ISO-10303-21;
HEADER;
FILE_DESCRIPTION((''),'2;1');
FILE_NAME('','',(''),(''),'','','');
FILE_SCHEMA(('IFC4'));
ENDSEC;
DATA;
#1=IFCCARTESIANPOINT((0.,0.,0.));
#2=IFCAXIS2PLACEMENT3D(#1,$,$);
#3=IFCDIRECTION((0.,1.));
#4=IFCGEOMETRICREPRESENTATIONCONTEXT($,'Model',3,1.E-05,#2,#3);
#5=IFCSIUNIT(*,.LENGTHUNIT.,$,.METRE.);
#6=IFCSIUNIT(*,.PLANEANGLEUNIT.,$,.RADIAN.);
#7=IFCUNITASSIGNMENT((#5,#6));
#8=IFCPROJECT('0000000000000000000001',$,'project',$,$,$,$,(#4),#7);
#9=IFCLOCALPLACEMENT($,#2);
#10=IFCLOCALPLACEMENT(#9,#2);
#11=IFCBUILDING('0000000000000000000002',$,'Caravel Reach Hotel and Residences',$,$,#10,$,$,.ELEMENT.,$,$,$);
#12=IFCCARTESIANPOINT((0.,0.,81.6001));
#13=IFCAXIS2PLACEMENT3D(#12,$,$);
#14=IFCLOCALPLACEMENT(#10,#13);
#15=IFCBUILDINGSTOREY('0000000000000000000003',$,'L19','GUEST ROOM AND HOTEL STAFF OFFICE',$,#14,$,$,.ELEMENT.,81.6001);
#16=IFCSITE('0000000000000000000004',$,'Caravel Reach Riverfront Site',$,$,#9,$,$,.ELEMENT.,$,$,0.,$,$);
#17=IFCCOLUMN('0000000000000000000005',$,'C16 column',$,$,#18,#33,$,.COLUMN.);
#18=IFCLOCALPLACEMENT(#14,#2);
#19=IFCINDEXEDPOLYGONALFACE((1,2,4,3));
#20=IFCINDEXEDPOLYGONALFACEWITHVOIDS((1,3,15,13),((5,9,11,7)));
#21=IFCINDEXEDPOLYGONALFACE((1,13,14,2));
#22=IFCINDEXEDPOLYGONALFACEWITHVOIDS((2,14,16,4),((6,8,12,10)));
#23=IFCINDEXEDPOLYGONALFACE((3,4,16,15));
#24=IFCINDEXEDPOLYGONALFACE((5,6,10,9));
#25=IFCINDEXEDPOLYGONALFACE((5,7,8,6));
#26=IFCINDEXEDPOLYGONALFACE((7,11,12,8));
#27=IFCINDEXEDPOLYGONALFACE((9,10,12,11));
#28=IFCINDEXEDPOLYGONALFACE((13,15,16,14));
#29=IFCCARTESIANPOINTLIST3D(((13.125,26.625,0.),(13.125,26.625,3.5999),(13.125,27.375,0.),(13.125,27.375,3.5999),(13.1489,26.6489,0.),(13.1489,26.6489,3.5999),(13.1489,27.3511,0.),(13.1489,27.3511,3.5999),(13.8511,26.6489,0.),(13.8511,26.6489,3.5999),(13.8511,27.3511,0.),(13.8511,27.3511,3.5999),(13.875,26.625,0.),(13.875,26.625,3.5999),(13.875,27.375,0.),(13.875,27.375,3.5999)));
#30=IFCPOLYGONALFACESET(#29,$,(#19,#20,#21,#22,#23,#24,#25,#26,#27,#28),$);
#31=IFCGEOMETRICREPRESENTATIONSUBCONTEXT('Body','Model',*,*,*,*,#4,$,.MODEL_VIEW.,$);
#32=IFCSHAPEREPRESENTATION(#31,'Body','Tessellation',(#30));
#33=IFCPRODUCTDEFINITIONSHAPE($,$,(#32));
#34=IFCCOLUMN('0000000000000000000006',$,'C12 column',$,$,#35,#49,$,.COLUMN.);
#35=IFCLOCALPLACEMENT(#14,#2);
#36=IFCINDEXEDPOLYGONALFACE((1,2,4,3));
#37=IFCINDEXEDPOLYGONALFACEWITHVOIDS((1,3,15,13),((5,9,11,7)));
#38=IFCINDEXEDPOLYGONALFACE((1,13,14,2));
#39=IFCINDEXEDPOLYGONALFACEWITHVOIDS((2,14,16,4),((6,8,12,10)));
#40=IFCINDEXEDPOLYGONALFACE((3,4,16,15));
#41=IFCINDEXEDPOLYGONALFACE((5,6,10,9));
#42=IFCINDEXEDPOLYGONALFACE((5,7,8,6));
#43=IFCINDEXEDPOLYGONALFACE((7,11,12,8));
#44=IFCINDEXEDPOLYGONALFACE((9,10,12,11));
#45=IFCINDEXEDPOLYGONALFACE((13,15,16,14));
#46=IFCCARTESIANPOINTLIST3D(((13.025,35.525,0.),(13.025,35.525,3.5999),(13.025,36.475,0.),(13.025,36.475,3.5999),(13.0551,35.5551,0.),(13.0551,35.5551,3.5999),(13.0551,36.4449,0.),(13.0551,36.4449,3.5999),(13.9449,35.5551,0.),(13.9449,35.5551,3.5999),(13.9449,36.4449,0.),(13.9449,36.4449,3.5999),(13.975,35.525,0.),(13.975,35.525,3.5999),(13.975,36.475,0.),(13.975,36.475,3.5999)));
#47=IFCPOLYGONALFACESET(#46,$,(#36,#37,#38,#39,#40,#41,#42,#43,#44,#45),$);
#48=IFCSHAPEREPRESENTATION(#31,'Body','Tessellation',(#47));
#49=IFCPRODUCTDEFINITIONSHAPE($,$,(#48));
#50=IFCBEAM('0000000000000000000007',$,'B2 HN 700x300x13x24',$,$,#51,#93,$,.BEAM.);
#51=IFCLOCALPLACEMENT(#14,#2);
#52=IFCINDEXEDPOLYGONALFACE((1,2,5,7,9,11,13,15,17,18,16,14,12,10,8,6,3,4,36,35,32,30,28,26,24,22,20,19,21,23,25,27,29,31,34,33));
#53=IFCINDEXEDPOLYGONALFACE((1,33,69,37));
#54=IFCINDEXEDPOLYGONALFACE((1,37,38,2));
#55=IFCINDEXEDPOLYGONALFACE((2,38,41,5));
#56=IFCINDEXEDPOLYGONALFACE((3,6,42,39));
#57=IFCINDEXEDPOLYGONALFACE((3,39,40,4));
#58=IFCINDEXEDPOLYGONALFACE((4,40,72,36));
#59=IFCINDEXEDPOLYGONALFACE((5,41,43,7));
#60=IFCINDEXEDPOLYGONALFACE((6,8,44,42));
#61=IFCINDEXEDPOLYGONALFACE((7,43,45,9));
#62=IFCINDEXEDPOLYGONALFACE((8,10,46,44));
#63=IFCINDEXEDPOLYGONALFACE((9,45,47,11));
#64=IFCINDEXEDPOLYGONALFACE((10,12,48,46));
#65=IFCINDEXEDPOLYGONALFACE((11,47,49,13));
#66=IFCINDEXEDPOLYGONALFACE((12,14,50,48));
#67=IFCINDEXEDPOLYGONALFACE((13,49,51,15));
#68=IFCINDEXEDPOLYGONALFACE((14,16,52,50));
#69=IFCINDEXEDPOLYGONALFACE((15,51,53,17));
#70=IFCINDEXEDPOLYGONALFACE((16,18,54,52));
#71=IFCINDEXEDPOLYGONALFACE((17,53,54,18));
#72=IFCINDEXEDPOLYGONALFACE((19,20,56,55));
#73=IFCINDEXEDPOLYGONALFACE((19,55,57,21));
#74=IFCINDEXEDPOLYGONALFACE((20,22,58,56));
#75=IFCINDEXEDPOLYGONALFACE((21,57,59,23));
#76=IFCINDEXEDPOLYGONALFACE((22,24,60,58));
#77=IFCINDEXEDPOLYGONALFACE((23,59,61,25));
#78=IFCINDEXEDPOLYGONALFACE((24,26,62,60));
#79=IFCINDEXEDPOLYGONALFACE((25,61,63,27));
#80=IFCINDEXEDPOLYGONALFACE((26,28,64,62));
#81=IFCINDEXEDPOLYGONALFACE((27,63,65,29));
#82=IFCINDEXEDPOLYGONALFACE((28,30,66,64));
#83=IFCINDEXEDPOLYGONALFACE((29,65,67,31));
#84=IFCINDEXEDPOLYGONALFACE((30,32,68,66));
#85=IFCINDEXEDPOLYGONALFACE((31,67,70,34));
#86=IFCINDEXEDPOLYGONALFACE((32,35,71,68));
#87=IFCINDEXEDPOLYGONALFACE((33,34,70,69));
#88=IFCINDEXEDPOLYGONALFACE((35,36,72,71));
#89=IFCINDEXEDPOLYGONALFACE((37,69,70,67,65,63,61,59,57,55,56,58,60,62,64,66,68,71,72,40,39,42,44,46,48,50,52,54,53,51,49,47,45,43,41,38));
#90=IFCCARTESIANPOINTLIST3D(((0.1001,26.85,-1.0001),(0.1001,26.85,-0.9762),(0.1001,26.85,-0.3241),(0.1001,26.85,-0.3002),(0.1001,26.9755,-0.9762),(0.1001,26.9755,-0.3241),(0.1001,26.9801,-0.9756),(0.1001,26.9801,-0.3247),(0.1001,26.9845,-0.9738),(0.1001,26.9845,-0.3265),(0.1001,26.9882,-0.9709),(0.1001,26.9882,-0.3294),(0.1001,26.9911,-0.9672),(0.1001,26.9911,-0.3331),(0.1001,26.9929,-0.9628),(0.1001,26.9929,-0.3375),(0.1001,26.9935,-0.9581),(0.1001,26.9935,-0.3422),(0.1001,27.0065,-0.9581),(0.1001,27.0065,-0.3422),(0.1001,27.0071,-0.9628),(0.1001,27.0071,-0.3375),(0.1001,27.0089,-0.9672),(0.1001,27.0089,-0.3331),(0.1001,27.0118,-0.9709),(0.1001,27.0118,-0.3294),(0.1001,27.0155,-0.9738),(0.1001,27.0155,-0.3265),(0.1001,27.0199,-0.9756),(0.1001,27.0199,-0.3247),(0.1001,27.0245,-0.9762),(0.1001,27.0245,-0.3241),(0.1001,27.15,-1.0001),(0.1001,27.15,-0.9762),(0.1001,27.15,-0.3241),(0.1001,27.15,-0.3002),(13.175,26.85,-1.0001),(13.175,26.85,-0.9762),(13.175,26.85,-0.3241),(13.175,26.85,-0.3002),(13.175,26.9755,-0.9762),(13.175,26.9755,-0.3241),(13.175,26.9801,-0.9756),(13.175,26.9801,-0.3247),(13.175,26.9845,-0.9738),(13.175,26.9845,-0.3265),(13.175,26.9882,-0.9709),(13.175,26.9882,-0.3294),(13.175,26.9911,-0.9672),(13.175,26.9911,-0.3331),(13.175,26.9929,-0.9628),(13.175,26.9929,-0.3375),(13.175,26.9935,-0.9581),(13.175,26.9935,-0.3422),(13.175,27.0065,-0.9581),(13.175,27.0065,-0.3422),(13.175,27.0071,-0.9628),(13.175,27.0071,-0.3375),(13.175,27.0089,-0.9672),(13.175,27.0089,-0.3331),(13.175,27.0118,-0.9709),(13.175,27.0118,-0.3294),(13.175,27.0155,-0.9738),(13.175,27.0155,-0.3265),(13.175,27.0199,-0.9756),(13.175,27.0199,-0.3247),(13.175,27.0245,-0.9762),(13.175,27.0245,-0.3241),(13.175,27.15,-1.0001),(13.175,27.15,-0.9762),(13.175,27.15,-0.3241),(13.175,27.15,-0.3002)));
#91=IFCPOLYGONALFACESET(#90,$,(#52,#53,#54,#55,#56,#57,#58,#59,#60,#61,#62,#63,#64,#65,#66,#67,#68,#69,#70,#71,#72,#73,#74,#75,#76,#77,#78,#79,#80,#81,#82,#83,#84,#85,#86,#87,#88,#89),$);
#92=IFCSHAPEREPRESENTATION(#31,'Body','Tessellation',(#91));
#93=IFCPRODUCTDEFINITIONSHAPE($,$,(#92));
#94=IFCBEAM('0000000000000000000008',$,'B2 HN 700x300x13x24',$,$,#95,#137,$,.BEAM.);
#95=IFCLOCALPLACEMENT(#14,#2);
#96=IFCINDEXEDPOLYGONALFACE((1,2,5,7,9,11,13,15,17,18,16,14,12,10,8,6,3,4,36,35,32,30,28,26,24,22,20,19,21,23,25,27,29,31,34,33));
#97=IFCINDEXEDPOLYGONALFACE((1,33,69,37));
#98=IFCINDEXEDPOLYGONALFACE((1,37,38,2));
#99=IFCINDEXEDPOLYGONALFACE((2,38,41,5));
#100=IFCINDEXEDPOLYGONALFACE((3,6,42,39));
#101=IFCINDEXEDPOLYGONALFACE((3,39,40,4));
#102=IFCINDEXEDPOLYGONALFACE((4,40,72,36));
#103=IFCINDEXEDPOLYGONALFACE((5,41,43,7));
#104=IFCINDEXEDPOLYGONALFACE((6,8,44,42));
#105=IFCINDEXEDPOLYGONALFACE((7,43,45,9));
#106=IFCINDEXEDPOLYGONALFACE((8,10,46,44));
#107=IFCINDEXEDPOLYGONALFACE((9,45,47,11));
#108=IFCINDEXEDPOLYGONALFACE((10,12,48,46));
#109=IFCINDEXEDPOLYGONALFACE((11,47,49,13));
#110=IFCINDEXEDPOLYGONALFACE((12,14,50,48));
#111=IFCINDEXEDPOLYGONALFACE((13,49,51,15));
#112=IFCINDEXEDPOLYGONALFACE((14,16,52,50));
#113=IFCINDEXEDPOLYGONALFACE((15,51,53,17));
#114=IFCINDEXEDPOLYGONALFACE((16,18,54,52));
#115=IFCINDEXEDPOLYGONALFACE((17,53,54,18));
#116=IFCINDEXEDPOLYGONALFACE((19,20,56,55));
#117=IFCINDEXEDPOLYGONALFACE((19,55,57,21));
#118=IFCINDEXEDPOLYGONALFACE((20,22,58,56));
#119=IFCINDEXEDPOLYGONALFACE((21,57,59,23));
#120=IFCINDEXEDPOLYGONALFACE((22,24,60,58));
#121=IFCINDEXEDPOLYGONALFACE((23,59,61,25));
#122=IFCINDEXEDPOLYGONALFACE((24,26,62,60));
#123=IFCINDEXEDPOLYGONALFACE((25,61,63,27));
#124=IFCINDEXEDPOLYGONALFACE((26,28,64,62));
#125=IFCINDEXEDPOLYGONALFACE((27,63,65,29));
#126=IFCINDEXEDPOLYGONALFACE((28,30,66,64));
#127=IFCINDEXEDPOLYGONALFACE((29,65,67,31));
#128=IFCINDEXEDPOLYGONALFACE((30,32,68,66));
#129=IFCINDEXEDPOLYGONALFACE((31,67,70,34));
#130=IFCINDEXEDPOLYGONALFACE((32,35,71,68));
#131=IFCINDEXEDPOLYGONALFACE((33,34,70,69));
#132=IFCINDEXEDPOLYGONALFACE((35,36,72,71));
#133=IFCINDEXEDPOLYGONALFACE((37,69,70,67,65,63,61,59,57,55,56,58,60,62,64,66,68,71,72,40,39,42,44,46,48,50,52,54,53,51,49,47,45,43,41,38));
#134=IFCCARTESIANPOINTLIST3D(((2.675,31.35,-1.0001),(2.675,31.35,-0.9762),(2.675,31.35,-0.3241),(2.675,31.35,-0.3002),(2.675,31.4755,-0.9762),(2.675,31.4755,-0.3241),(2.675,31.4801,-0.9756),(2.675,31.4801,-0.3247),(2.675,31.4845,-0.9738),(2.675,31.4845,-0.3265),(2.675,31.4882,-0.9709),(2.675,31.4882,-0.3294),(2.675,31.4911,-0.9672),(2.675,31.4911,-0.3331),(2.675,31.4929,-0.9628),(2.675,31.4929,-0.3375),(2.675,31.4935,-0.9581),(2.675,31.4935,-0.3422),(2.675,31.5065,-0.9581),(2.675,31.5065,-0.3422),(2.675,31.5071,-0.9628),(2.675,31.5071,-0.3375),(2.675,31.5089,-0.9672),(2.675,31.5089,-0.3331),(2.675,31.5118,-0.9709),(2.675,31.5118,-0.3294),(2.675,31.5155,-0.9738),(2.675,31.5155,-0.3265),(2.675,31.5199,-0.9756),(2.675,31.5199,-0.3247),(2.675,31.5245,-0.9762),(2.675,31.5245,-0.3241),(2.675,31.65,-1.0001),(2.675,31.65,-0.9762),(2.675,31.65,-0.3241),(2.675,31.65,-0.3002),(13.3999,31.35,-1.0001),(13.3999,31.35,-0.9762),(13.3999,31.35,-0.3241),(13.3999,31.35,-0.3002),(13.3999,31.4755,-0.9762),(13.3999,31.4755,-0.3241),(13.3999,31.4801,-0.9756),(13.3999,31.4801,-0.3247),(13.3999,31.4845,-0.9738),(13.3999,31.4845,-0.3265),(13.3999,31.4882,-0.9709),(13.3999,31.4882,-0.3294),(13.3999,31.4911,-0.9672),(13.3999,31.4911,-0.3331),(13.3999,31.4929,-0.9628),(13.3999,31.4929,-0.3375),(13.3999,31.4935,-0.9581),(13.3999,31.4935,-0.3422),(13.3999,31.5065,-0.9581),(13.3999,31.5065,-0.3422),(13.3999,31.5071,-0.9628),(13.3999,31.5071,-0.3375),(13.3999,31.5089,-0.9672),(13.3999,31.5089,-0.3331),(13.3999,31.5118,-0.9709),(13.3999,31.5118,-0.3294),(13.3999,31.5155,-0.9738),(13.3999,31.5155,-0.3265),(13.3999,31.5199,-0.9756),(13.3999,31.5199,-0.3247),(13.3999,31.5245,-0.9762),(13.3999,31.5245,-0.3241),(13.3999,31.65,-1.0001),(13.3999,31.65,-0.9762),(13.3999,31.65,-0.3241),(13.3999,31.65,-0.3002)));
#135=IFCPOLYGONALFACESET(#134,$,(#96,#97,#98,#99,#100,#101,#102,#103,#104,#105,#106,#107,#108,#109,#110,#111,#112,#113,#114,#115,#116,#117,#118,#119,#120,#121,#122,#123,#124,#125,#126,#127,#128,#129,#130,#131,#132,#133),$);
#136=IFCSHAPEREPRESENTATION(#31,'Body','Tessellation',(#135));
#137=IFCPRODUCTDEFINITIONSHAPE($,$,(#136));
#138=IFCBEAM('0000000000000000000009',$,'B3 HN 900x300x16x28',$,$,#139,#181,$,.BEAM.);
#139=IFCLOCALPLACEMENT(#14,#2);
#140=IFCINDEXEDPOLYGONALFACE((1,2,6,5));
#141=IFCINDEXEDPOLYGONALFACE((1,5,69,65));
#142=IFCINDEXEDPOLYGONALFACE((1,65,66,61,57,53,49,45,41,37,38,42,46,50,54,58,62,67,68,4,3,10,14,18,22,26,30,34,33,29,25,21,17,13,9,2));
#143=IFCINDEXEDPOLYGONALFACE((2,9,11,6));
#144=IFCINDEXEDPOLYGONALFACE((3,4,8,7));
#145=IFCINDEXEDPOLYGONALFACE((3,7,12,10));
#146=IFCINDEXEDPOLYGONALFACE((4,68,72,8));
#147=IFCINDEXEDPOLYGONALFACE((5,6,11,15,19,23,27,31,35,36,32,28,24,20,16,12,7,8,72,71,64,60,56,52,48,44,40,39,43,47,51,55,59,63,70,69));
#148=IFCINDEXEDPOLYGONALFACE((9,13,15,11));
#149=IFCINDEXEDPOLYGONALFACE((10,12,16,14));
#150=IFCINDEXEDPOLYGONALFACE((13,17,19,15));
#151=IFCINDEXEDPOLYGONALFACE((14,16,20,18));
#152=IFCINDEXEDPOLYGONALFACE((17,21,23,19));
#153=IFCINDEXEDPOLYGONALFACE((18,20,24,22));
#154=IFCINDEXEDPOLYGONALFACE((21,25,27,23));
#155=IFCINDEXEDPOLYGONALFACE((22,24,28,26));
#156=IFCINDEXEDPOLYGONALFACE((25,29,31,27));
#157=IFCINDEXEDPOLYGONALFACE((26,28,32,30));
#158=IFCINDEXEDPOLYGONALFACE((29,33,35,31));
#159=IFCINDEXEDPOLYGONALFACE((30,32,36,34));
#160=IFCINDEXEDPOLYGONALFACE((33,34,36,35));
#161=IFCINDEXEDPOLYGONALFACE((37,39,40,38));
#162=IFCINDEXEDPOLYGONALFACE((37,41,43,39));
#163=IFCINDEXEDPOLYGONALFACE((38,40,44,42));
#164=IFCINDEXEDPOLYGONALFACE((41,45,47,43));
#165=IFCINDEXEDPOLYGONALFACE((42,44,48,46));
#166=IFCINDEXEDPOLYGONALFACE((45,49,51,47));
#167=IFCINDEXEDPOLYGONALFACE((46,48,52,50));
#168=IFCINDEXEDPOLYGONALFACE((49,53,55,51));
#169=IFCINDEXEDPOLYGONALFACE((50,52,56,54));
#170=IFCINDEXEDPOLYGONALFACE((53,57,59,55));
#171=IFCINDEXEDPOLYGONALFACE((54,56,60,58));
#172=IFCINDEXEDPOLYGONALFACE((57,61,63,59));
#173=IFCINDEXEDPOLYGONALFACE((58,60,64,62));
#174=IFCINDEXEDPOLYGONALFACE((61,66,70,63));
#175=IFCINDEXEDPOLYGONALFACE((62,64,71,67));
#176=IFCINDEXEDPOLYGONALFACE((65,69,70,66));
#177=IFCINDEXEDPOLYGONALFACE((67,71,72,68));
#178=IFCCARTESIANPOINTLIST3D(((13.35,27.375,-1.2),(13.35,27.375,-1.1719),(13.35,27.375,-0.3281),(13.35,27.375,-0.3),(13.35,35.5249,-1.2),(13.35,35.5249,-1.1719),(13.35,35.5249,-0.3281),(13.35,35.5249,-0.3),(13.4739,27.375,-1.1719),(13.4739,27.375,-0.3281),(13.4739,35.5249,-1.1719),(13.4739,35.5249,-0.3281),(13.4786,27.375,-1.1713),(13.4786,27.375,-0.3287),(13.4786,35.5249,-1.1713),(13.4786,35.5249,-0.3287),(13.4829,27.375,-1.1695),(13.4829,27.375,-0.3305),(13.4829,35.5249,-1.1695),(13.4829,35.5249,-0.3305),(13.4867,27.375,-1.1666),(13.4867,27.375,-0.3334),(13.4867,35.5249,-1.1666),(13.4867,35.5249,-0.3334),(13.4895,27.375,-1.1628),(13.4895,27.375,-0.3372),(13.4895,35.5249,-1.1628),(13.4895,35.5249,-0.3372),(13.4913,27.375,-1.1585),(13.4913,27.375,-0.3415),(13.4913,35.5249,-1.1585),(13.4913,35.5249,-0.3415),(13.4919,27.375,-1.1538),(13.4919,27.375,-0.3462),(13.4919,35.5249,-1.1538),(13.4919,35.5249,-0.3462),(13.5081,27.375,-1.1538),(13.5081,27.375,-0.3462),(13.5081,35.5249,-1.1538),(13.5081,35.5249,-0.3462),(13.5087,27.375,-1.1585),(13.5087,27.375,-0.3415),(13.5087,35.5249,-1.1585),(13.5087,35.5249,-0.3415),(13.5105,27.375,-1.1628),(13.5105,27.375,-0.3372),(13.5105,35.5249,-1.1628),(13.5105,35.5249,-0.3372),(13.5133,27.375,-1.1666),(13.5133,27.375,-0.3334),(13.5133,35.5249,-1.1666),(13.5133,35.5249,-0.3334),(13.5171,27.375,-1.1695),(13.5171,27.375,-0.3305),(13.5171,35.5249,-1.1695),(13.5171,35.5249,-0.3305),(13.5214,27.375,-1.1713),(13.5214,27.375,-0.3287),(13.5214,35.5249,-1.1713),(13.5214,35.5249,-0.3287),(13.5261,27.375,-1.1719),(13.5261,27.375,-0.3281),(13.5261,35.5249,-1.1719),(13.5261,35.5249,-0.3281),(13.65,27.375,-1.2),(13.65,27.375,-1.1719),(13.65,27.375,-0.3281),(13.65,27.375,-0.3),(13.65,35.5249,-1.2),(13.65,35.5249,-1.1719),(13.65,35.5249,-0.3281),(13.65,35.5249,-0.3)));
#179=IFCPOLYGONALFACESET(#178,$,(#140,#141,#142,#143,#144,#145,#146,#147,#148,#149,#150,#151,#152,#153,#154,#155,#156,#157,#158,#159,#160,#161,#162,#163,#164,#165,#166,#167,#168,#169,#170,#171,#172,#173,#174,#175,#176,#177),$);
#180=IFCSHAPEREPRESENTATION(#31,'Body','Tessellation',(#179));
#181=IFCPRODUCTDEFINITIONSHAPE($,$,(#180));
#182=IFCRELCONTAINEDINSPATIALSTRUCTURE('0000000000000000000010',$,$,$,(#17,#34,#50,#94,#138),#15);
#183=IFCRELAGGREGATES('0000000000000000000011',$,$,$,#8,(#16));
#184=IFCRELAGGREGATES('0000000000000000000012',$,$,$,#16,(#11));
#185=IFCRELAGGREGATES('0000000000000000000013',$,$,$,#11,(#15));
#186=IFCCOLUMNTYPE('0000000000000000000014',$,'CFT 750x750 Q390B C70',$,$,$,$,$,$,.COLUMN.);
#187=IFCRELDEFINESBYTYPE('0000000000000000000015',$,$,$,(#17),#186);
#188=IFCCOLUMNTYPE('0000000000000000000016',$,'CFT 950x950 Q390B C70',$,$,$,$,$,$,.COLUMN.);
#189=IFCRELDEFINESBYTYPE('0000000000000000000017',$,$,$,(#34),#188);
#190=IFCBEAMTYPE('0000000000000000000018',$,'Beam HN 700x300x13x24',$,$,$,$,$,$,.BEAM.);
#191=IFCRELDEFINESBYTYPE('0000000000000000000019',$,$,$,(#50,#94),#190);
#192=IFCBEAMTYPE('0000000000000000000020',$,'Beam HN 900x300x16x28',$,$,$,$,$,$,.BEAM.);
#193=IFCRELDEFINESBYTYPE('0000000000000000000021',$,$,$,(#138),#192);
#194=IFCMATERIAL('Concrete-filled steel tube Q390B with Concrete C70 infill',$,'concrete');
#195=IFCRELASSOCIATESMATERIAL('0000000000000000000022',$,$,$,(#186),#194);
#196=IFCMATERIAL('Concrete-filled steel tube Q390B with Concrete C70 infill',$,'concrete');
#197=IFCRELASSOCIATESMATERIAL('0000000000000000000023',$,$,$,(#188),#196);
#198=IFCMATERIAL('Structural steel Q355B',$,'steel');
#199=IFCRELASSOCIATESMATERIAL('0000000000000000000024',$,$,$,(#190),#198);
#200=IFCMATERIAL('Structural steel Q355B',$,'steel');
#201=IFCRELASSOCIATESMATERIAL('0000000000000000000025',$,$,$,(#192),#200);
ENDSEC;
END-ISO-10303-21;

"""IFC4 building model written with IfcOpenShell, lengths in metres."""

from ifc_helpers import new_model, si_unit, direction, frame, origin, origin_2d, place, context, subcontext, project, spatial, hollow_rectangle, i_section, extrude, material, material_profile, profile_set, type_object, element, save


model = new_model("IFC4")

# Units and contexts
model_context = context("Model", 3, precision=1e-05, world=origin(), true_north=direction((0.0, 1.0)))
body_context = subcontext(model_context, "Body", "Model", "MODEL_VIEW")
ifc_project = project(units=[si_unit("LENGTHUNIT", "METRE"), si_unit("PLANEANGLEUNIT", "RADIAN")], contexts=[model_context])

# Site, building, storey
site_placement = place(None, origin())
site = spatial("IfcSite", under=ifc_project, at=site_placement, Name="Caravel Reach Riverfront Site", CompositionType="ELEMENT", RefElevation=0.0)
building_placement = place(site_placement, origin())
building = spatial("IfcBuilding", under=site, at=building_placement, Name="Caravel Reach Hotel and Residences", CompositionType="ELEMENT")
storey_placement = place(building_placement, frame((0.0, 0.0, 81.6001)))
storey = spatial("IfcBuildingStorey", under=building, at=storey_placement, Name="L19", Description="GUEST ROOM AND HOTEL STAFF OFFICE", CompositionType="ELEMENT", Elevation=81.6001)

# Columns
ifc_material_1 = material(Name="Concrete-filled steel tube Q390B with Concrete C70 infill", Category="concrete")
ifc_material_profile_1 = material_profile(ifc_material_1, hollow_rectangle(XDim=0.75, YDim=0.75, WallThickness=0.0239, at=origin_2d()), Name="RHS 750x750x24")
ifc_profile_set_1 = profile_set([ifc_material_profile_1], Name="Concrete-filled steel tube Q390B with Concrete C70 infill")
column_type_1 = type_object("IfcColumnType", Name="CFT 750x750 Q390B C70", PredefinedType="COLUMN", material=ifc_profile_set_1)
column_1_placement = place(storey_placement, frame((13.5, 27.0, 0.0), z_axis=(0.0, 0.0, 1.0), x_axis=(1.0, 0.0, 0.0)))
element("IfcColumn", 1, at=column_1_placement, inside=storey, type_object=column_type_1, Name="C16 column", PredefinedType="COLUMN", context=body_context, shape_type="SweptSolid", body=[
    extrude(hollow_rectangle(XDim=0.75, YDim=0.75, WallThickness=0.0239, at=origin_2d()), origin(), (0.0, 0.0, 1.0), 3.5999),
])
ifc_material_2 = material(Name="Concrete-filled steel tube Q390B with Concrete C70 infill", Category="concrete")
ifc_material_profile_2 = material_profile(ifc_material_2, hollow_rectangle(XDim=0.95, YDim=0.95, WallThickness=0.03, at=origin_2d()), Name="RHS 950x950x30")
ifc_profile_set_2 = profile_set([ifc_material_profile_2], Name="Concrete-filled steel tube Q390B with Concrete C70 infill")
column_type_2 = type_object("IfcColumnType", Name="CFT 950x950 Q390B C70", PredefinedType="COLUMN", material=ifc_profile_set_2)
column_2_placement = place(storey_placement, frame((13.5, 36.0, 0.0), z_axis=(0.0, 0.0, 1.0), x_axis=(1.0, 0.0, 0.0)))
element("IfcColumn", 2, at=column_2_placement, inside=storey, type_object=column_type_2, Name="C12 column", PredefinedType="COLUMN", context=body_context, shape_type="SweptSolid", body=[
    extrude(hollow_rectangle(XDim=0.95, YDim=0.95, WallThickness=0.03, at=origin_2d()), origin(), (0.0, 0.0, 1.0), 3.5999),
])

# Beams
ifc_material_3 = material(Name="Structural steel Q355B", Category="steel")
ifc_material_profile_3 = material_profile(ifc_material_3, i_section(OverallWidth=0.3, OverallDepth=0.7, WebThickness=0.0129, FlangeThickness=0.0239, FilletRadius=0.0181, at=origin_2d()), Name="HN 700x300x13x24")
ifc_profile_set_3 = profile_set([ifc_material_profile_3], Name="Structural steel Q355B")
beam_type_1 = type_object("IfcBeamType", Name="Beam HN 700x300x13x24", PredefinedType="BEAM", material=ifc_profile_set_3)
beam_1_placement = place(storey_placement, frame((13.175, 27.0, -0.6501), z_axis=(-1.0, 0.0, 0.0), x_axis=(0.0, -1.0, 0.0)))
element("IfcBeam", 3, at=beam_1_placement, inside=storey, type_object=beam_type_1, Name="B2 HN 700x300x13x24", PredefinedType="BEAM", context=body_context, shape_type="SweptSolid", body=[
    extrude(i_section(OverallWidth=0.3, OverallDepth=0.7, WebThickness=0.0129, FlangeThickness=0.0239, FilletRadius=0.0181, at=origin_2d()), origin(), (0.0, 0.0, 1.0), 13.075),
])
beam_2_placement = place(storey_placement, frame((13.3999, 31.5, -0.6501), z_axis=(-1.0, 0.0, 0.0), x_axis=(0.0, -1.0, 0.0)))
element("IfcBeam", 4, at=beam_2_placement, inside=storey, type_object=beam_type_1, Name="B2 HN 700x300x13x24", PredefinedType="BEAM", context=body_context, shape_type="SweptSolid", body=[
    extrude(i_section(OverallWidth=0.3, OverallDepth=0.7, WebThickness=0.0129, FlangeThickness=0.0239, FilletRadius=0.0181, at=origin_2d()), origin(), (0.0, 0.0, 1.0), 10.7249),
])
ifc_material_4 = material(Name="Structural steel Q355B", Category="steel")
ifc_material_profile_4 = material_profile(ifc_material_4, i_section(OverallWidth=0.3, OverallDepth=0.8999, WebThickness=0.0161, FlangeThickness=0.0281, FilletRadius=0.0181, at=origin_2d()), Name="HN 900x300x16x28")
ifc_profile_set_4 = profile_set([ifc_material_profile_4], Name="Structural steel Q355B")
beam_type_2 = type_object("IfcBeamType", Name="Beam HN 900x300x16x28", PredefinedType="BEAM", material=ifc_profile_set_4)
beam_3_placement = place(storey_placement, frame((13.5, 27.375, -0.75), z_axis=(0.0, 1.0, 0.0), x_axis=(-1.0, 0.0, 0.0)))
element("IfcBeam", 5, at=beam_3_placement, inside=storey, type_object=beam_type_2, Name="B3 HN 900x300x16x28", PredefinedType="BEAM", context=body_context, shape_type="SweptSolid", body=[
    extrude(i_section(OverallWidth=0.3, OverallDepth=0.8999, WebThickness=0.0161, FlangeThickness=0.0281, FilletRadius=0.0181, at=origin_2d()), origin(), (0.0, 0.0, 1.0), 8.1499),
])

save(model, "model.ifc")
